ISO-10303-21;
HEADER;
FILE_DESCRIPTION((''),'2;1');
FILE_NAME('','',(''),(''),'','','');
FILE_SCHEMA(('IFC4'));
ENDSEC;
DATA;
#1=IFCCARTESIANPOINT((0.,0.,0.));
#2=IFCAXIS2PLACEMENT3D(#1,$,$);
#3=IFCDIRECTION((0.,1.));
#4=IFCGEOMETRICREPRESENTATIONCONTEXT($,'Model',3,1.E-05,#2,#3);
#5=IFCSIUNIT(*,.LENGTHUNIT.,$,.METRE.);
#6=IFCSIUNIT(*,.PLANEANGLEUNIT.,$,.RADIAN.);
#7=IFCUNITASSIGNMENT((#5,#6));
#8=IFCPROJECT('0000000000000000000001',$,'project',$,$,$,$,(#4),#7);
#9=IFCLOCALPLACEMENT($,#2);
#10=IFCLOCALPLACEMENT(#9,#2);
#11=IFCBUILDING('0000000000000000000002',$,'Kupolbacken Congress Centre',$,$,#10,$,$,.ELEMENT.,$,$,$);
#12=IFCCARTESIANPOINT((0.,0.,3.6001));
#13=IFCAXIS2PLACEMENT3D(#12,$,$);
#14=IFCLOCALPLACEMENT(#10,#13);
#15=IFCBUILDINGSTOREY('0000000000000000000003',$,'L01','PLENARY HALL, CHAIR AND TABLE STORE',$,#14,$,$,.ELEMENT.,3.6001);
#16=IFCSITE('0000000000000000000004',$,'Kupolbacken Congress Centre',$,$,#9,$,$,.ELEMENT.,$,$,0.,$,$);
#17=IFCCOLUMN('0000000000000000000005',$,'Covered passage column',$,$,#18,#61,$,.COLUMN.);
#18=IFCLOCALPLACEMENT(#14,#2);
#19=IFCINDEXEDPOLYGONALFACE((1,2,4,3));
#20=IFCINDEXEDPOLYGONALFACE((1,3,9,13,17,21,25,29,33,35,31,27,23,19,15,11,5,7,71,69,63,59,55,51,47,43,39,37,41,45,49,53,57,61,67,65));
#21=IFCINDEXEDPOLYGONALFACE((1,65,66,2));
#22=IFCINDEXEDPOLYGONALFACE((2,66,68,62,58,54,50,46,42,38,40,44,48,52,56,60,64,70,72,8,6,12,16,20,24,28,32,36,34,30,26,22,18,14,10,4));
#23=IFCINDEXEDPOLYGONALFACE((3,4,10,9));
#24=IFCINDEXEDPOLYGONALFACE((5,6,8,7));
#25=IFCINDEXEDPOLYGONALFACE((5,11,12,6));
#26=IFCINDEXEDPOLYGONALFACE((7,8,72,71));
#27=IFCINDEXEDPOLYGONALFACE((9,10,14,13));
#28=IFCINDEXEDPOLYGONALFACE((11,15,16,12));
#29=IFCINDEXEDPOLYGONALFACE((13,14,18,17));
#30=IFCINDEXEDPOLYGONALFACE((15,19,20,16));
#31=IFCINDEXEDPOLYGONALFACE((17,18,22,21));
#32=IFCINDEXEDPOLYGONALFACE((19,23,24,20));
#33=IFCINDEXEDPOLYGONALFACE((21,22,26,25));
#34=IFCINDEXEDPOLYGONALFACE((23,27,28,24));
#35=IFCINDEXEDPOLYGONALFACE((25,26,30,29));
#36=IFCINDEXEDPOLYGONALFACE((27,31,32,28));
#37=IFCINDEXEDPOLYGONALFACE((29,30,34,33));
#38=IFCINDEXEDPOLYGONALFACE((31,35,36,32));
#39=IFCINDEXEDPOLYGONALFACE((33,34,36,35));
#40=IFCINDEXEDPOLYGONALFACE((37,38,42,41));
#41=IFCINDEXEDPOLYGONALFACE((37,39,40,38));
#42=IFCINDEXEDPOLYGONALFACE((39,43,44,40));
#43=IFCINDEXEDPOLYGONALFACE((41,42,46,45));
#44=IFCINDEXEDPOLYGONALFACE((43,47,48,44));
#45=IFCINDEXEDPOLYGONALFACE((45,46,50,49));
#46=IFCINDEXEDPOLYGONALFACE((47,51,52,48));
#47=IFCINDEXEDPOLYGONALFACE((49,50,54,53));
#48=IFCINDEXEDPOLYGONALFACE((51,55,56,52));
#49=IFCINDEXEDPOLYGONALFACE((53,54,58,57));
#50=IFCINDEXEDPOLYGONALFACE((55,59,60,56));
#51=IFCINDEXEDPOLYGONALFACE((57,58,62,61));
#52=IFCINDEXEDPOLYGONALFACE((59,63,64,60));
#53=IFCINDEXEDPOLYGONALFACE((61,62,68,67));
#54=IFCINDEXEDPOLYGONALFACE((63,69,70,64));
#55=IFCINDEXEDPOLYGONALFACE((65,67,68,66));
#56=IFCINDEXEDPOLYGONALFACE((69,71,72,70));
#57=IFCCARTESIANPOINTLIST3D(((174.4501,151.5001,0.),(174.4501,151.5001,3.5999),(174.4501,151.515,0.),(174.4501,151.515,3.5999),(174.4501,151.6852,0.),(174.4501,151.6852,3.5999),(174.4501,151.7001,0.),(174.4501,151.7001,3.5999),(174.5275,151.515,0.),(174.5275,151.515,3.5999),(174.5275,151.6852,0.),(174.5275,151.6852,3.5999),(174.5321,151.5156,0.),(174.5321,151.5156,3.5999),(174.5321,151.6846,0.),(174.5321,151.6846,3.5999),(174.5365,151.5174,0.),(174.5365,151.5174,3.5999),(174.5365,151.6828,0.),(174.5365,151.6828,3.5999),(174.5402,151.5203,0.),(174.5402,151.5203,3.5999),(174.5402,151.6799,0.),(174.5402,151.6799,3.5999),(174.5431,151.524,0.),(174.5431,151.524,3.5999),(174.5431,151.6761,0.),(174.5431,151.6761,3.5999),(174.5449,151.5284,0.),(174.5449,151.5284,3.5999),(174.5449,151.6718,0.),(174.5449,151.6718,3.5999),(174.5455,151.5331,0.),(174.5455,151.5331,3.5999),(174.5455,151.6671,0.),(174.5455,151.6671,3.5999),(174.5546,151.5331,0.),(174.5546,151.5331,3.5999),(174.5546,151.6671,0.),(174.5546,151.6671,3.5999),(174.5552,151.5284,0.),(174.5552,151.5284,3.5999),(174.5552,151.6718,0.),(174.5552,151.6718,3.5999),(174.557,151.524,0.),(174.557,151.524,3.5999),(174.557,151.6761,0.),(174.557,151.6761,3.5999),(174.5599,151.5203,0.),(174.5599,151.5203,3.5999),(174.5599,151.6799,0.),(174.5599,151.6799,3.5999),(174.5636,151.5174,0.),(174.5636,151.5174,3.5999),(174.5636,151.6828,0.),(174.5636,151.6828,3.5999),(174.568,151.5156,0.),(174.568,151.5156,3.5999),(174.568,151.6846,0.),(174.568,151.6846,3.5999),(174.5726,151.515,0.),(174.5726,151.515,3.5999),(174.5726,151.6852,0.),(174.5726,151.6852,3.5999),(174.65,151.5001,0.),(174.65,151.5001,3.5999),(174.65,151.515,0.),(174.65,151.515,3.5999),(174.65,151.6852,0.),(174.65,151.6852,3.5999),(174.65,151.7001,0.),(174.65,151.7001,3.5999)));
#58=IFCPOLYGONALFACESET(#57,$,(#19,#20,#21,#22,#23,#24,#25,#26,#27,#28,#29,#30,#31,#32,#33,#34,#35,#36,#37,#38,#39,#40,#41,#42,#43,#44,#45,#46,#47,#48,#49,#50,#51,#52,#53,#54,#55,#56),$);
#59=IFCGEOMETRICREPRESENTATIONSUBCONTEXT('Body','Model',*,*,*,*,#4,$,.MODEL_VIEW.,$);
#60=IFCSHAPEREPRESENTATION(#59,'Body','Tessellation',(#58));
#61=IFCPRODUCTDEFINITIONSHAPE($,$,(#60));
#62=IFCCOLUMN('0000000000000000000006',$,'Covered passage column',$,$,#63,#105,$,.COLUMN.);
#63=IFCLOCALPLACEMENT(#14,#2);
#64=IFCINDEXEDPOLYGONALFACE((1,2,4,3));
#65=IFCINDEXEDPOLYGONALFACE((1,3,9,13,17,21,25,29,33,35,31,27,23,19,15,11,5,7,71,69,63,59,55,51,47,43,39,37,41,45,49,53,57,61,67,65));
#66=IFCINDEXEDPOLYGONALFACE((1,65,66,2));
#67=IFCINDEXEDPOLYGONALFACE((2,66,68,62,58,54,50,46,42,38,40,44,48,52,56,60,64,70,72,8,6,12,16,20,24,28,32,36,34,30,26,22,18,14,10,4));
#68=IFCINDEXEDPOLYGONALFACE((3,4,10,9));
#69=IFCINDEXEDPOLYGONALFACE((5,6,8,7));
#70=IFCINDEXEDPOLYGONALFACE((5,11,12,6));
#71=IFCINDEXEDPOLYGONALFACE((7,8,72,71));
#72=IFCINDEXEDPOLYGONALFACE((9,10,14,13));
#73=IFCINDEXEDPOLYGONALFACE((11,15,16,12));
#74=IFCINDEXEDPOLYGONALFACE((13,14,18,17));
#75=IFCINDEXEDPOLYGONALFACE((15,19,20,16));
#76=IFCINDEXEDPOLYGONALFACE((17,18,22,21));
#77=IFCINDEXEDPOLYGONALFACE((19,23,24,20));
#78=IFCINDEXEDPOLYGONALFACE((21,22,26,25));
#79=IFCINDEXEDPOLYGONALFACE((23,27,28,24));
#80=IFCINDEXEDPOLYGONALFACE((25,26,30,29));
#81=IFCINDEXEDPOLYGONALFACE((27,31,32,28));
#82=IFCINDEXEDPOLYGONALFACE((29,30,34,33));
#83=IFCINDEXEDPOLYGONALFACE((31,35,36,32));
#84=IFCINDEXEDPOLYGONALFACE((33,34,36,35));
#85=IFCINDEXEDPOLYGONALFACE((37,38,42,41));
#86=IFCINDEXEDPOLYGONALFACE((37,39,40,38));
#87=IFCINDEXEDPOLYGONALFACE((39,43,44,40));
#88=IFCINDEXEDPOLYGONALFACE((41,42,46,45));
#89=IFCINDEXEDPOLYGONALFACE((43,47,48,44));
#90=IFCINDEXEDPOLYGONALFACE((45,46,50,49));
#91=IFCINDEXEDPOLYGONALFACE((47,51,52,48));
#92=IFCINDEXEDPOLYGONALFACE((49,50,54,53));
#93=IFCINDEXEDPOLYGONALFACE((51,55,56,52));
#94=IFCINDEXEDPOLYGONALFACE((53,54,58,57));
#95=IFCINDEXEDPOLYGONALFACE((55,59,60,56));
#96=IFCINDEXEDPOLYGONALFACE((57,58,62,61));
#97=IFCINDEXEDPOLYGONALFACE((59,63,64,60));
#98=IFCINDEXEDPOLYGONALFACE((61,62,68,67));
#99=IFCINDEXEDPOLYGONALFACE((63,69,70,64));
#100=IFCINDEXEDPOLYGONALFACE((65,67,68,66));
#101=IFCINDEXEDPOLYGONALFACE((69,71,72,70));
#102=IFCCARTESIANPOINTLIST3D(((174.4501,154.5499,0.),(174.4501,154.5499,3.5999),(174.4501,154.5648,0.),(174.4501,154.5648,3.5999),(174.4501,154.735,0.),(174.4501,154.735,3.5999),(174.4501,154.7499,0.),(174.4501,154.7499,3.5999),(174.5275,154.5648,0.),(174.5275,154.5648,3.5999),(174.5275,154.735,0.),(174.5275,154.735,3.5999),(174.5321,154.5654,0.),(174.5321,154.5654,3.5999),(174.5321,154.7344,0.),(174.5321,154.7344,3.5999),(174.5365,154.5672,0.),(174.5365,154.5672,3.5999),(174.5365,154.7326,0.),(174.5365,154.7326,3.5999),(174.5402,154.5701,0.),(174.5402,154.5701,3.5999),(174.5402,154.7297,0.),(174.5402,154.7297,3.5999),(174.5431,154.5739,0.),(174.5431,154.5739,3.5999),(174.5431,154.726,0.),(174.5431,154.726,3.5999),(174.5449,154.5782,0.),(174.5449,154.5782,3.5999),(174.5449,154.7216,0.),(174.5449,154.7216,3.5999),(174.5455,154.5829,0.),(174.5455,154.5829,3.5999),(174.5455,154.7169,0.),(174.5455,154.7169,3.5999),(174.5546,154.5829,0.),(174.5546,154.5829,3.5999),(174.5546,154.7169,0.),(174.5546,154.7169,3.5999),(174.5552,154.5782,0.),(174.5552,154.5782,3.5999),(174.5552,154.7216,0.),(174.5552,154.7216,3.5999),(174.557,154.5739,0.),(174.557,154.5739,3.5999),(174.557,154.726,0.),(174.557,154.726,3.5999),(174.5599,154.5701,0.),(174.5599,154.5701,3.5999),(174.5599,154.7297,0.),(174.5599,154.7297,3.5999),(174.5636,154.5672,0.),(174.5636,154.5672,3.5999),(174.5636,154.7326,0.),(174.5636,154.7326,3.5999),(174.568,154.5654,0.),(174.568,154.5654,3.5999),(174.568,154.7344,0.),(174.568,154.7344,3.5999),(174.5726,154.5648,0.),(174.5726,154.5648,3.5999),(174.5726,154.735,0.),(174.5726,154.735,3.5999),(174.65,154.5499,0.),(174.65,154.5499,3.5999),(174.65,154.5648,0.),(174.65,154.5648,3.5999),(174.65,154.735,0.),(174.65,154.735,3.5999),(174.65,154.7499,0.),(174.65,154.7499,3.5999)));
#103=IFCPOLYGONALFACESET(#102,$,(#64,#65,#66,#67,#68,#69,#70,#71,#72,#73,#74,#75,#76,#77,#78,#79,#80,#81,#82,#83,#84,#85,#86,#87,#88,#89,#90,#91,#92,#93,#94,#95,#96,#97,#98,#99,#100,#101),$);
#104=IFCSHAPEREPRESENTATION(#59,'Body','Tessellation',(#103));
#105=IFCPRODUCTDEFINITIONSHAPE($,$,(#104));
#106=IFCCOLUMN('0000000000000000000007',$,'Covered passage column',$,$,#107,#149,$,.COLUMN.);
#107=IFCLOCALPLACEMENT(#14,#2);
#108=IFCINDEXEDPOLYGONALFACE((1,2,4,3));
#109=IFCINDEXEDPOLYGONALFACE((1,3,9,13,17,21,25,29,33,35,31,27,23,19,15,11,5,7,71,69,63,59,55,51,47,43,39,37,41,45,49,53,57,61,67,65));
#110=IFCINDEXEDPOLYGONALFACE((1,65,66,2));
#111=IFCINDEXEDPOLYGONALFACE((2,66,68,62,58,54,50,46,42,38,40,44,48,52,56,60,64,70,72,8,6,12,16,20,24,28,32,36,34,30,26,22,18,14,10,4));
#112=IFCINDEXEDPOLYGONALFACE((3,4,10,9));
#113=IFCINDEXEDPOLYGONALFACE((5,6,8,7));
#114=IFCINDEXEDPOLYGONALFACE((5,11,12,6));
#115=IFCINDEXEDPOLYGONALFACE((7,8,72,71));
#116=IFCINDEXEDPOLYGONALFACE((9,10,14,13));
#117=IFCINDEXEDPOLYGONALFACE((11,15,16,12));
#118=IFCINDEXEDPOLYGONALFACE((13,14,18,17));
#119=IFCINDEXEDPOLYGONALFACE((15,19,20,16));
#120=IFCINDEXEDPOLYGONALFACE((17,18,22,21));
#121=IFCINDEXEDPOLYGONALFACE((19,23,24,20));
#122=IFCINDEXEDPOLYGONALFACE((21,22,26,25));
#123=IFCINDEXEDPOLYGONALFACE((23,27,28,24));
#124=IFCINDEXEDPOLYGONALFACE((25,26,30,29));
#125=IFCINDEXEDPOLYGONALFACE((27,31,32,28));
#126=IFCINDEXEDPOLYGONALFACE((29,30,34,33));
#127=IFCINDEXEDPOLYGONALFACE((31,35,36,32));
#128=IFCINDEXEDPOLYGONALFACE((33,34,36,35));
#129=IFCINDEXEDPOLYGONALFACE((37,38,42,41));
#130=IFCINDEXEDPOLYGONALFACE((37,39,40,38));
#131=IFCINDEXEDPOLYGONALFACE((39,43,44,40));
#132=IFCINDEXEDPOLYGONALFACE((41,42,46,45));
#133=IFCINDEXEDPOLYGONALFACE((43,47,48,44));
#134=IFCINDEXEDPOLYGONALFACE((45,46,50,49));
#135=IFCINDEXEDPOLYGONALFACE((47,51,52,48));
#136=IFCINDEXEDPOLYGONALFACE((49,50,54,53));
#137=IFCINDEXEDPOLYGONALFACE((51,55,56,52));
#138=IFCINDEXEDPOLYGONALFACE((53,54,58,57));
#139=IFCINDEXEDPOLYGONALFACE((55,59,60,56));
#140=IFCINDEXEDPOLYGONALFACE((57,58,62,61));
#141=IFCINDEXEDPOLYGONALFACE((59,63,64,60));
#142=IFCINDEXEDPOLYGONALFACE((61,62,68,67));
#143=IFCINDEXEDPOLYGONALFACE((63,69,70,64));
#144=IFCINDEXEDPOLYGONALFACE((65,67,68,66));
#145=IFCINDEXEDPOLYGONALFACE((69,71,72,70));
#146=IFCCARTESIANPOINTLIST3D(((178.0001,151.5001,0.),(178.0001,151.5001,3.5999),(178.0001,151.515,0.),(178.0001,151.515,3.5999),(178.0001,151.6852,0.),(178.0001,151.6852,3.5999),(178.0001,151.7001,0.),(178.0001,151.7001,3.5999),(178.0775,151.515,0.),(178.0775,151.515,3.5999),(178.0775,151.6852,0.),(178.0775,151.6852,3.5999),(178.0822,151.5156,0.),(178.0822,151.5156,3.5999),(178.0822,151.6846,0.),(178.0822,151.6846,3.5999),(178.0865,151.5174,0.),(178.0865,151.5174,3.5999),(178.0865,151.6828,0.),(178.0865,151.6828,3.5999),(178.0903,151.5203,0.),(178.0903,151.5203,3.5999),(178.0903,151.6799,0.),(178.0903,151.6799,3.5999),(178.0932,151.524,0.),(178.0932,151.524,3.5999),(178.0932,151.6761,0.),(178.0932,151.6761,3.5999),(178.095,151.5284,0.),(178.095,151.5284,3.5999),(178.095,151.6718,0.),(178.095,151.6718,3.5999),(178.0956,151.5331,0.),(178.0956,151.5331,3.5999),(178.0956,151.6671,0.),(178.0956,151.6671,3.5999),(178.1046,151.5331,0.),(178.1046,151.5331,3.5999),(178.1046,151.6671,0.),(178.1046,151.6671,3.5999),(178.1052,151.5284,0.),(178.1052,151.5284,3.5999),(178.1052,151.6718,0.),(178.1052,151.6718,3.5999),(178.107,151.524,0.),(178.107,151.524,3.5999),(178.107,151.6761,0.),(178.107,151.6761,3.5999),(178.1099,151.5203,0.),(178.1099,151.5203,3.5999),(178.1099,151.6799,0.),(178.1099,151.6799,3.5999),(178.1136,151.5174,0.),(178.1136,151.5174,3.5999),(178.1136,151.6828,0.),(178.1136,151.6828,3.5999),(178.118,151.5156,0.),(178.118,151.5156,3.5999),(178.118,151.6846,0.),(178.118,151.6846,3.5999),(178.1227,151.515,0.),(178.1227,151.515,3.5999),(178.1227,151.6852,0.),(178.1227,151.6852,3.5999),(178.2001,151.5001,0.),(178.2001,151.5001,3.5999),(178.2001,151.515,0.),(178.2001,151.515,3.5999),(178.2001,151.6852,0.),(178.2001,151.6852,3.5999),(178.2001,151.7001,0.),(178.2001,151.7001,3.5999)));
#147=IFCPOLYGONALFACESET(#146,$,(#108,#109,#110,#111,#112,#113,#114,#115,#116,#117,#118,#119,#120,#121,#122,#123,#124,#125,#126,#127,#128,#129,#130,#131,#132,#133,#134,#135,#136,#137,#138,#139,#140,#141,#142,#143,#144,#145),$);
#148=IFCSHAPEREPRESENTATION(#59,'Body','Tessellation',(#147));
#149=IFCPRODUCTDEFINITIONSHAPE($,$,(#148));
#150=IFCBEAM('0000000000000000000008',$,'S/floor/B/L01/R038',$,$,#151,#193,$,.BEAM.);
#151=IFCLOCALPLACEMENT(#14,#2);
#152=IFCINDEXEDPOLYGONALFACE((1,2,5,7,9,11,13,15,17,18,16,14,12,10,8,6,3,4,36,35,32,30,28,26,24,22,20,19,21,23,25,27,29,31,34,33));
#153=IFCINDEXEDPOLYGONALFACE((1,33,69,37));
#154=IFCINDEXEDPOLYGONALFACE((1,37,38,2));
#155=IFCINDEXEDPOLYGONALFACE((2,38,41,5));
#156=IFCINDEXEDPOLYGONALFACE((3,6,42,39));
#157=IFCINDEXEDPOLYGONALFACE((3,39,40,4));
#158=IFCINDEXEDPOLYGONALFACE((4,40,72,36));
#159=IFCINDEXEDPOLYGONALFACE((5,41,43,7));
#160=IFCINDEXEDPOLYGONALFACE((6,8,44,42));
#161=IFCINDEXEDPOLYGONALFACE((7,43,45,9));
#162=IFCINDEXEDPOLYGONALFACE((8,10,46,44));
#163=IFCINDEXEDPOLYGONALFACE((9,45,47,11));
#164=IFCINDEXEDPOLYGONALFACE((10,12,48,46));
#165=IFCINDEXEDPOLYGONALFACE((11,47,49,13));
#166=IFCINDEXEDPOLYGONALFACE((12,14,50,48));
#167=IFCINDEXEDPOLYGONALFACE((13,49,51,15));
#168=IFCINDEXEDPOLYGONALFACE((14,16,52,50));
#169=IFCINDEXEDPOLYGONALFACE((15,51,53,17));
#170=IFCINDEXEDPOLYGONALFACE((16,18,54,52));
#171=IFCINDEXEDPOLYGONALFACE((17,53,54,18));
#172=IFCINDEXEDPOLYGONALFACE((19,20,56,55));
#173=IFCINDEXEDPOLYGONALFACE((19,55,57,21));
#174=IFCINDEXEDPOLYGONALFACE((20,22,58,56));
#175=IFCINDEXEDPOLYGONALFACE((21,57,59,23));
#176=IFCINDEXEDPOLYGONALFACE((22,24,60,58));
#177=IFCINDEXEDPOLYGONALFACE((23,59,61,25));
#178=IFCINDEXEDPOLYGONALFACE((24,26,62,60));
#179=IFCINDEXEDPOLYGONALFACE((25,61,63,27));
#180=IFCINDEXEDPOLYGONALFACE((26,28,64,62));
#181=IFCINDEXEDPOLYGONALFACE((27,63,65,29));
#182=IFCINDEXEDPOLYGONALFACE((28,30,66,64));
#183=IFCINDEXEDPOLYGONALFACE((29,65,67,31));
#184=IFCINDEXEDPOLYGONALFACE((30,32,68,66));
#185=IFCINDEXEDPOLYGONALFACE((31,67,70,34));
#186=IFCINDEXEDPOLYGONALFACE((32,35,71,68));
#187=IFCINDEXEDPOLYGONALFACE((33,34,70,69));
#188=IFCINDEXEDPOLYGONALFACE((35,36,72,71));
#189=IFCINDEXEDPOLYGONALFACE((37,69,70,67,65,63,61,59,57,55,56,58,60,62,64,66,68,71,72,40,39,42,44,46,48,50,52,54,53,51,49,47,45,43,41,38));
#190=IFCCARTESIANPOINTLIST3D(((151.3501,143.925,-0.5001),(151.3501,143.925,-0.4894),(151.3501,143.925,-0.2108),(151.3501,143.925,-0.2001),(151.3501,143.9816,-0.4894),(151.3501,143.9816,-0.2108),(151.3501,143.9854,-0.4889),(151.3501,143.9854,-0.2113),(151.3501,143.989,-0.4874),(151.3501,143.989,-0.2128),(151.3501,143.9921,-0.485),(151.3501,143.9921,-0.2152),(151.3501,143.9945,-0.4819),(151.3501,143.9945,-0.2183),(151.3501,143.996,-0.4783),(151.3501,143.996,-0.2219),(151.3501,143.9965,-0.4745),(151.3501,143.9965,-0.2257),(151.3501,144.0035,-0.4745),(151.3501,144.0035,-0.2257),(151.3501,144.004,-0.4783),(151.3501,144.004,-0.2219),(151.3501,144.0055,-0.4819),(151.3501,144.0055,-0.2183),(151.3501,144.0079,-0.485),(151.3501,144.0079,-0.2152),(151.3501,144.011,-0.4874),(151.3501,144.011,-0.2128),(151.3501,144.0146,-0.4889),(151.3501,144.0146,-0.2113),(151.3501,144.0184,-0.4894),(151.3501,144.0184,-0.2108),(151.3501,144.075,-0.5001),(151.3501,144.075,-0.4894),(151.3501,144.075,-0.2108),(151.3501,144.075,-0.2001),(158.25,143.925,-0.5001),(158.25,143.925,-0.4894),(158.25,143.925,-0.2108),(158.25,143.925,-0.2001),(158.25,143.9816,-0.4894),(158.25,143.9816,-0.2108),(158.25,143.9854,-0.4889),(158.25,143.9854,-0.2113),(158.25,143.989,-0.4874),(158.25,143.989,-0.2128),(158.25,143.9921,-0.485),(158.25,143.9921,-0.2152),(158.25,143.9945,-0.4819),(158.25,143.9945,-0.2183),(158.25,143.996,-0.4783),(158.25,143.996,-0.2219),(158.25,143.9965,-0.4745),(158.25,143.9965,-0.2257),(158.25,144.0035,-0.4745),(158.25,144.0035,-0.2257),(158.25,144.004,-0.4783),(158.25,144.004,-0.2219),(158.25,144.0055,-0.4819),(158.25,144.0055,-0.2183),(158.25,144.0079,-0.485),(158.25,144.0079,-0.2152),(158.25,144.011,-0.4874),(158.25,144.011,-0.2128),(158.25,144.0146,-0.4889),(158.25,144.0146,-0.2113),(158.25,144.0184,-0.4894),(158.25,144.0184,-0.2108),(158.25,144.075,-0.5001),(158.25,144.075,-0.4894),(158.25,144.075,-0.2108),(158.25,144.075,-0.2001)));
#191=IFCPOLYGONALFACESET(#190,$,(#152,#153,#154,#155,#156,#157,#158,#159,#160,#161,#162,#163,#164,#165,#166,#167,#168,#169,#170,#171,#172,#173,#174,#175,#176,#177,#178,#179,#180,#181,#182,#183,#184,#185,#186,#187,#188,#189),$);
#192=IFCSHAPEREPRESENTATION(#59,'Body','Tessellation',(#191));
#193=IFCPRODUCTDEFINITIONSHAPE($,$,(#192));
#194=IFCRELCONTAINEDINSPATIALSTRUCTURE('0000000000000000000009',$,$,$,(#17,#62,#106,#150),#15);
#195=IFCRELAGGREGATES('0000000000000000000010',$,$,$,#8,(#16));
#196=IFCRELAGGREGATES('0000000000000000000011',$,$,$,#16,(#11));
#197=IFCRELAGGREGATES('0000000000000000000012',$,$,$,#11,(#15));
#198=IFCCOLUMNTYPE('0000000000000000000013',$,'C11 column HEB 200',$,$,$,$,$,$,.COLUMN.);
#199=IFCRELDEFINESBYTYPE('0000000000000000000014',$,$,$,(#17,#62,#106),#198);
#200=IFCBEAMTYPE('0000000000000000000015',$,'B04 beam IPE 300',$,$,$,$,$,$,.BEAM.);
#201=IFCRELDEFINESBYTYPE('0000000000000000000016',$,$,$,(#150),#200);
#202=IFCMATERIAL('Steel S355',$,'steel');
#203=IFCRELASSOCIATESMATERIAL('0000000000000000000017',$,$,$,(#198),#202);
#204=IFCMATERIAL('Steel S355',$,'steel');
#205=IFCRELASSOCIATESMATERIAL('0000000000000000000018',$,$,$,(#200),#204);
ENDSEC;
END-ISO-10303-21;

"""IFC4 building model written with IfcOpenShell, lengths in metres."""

from ifc_helpers import new_model, si_unit, direction, frame, origin, origin_2d, place, context, subcontext, project, spatial, i_section, extrude, material, material_profile, profile_set, type_object, element, save


model = new_model("IFC4")

# Units and contexts
model_context = context("Model", 3, precision=1e-05, world=origin(), true_north=direction((0.0, 1.0)))
body_context = subcontext(model_context, "Body", "Model", "MODEL_VIEW")
ifc_project = project(units=[si_unit("LENGTHUNIT", "METRE"), si_unit("PLANEANGLEUNIT", "RADIAN")], contexts=[model_context])

# Site, building, storey
site_placement = place(None, origin())
site = spatial("IfcSite", under=ifc_project, at=site_placement, Name="Kupolbacken Congress Centre", CompositionType="ELEMENT", RefElevation=0.0)
building_placement = place(site_placement, origin())
building = spatial("IfcBuilding", under=site, at=building_placement, Name="Kupolbacken Congress Centre", CompositionType="ELEMENT")
storey_placement = place(building_placement, frame((0.0, 0.0, 3.6001)))
storey = spatial("IfcBuildingStorey", under=building, at=storey_placement, Name="L01", Description="PLENARY HALL, CHAIR AND TABLE STORE", CompositionType="ELEMENT", Elevation=3.6001)

# Columns
ifc_material_1 = material(Name="Steel S355", Category="steel")
ifc_material_profile_1 = material_profile(ifc_material_1, i_section(OverallWidth=0.2, OverallDepth=0.2, WebThickness=0.009, FlangeThickness=0.0149, FilletRadius=0.0181, at=origin_2d()), Name="HEB 200")
ifc_profile_set_1 = profile_set([ifc_material_profile_1], Name="Steel S355")
column_type_1 = type_object("IfcColumnType", Name="C11 column HEB 200", PredefinedType="COLUMN", material=ifc_profile_set_1)
for number, where, z_axis, x_axis, name in (
    (1, (174.55, 151.6001, 0.0), (0.0, 0.0, 1.0), (1.0, 0.0, 0.0), "Covered passage column"),
    (2, (174.55, 154.6499, 0.0), (0.0, 0.0, 1.0), (1.0, 0.0, 0.0), "Covered passage column"),
    (3, (178.1001, 151.6001, 0.0), (0.0, 0.0, 1.0), (1.0, 0.0, 0.0), "Covered passage column"),
):
    element("IfcColumn", number, at=place(storey_placement, frame(where, z_axis=z_axis, x_axis=x_axis)), inside=storey, type_object=column_type_1, Name=name, PredefinedType="COLUMN", context=body_context, shape_type="SweptSolid", body=[
        extrude(i_section(OverallWidth=0.2, OverallDepth=0.2, WebThickness=0.009, FlangeThickness=0.0149, FilletRadius=0.0181, at=origin_2d()), origin(), (0.0, 0.0, 1.0), 3.5999),
    ])

# Beam
ifc_material_2 = material(Name="Steel S355", Category="steel")
ifc_material_profile_2 = material_profile(ifc_material_2, i_section(OverallWidth=0.1499, OverallDepth=0.3, WebThickness=0.0071, FlangeThickness=0.0107, FilletRadius=0.0149, at=origin_2d()), Name="IPE 300")
ifc_profile_set_2 = profile_set([ifc_material_profile_2], Name="Steel S355")
beam_type_1 = type_object("IfcBeamType", Name="B04 beam IPE 300", PredefinedType="BEAM", material=ifc_profile_set_2)
for number, where, z_axis, x_axis, name in (
    (4, (151.3501, 144.0, -0.3501), (1.0, 0.0, 0.0), (0.0, 1.0, 0.0), "S/floor/B/L01/R038"),
):
    element("IfcBeam", number, at=place(storey_placement, frame(where, z_axis=z_axis, x_axis=x_axis)), inside=storey, type_object=beam_type_1, Name=name, PredefinedType="BEAM", context=body_context, shape_type="SweptSolid", body=[
        extrude(i_section(OverallWidth=0.1499, OverallDepth=0.3, WebThickness=0.0071, FlangeThickness=0.0107, FilletRadius=0.0149, at=origin_2d()), origin(), (0.0, 0.0, 1.0), 6.8999),
    ])

save(model, "model.ifc")
